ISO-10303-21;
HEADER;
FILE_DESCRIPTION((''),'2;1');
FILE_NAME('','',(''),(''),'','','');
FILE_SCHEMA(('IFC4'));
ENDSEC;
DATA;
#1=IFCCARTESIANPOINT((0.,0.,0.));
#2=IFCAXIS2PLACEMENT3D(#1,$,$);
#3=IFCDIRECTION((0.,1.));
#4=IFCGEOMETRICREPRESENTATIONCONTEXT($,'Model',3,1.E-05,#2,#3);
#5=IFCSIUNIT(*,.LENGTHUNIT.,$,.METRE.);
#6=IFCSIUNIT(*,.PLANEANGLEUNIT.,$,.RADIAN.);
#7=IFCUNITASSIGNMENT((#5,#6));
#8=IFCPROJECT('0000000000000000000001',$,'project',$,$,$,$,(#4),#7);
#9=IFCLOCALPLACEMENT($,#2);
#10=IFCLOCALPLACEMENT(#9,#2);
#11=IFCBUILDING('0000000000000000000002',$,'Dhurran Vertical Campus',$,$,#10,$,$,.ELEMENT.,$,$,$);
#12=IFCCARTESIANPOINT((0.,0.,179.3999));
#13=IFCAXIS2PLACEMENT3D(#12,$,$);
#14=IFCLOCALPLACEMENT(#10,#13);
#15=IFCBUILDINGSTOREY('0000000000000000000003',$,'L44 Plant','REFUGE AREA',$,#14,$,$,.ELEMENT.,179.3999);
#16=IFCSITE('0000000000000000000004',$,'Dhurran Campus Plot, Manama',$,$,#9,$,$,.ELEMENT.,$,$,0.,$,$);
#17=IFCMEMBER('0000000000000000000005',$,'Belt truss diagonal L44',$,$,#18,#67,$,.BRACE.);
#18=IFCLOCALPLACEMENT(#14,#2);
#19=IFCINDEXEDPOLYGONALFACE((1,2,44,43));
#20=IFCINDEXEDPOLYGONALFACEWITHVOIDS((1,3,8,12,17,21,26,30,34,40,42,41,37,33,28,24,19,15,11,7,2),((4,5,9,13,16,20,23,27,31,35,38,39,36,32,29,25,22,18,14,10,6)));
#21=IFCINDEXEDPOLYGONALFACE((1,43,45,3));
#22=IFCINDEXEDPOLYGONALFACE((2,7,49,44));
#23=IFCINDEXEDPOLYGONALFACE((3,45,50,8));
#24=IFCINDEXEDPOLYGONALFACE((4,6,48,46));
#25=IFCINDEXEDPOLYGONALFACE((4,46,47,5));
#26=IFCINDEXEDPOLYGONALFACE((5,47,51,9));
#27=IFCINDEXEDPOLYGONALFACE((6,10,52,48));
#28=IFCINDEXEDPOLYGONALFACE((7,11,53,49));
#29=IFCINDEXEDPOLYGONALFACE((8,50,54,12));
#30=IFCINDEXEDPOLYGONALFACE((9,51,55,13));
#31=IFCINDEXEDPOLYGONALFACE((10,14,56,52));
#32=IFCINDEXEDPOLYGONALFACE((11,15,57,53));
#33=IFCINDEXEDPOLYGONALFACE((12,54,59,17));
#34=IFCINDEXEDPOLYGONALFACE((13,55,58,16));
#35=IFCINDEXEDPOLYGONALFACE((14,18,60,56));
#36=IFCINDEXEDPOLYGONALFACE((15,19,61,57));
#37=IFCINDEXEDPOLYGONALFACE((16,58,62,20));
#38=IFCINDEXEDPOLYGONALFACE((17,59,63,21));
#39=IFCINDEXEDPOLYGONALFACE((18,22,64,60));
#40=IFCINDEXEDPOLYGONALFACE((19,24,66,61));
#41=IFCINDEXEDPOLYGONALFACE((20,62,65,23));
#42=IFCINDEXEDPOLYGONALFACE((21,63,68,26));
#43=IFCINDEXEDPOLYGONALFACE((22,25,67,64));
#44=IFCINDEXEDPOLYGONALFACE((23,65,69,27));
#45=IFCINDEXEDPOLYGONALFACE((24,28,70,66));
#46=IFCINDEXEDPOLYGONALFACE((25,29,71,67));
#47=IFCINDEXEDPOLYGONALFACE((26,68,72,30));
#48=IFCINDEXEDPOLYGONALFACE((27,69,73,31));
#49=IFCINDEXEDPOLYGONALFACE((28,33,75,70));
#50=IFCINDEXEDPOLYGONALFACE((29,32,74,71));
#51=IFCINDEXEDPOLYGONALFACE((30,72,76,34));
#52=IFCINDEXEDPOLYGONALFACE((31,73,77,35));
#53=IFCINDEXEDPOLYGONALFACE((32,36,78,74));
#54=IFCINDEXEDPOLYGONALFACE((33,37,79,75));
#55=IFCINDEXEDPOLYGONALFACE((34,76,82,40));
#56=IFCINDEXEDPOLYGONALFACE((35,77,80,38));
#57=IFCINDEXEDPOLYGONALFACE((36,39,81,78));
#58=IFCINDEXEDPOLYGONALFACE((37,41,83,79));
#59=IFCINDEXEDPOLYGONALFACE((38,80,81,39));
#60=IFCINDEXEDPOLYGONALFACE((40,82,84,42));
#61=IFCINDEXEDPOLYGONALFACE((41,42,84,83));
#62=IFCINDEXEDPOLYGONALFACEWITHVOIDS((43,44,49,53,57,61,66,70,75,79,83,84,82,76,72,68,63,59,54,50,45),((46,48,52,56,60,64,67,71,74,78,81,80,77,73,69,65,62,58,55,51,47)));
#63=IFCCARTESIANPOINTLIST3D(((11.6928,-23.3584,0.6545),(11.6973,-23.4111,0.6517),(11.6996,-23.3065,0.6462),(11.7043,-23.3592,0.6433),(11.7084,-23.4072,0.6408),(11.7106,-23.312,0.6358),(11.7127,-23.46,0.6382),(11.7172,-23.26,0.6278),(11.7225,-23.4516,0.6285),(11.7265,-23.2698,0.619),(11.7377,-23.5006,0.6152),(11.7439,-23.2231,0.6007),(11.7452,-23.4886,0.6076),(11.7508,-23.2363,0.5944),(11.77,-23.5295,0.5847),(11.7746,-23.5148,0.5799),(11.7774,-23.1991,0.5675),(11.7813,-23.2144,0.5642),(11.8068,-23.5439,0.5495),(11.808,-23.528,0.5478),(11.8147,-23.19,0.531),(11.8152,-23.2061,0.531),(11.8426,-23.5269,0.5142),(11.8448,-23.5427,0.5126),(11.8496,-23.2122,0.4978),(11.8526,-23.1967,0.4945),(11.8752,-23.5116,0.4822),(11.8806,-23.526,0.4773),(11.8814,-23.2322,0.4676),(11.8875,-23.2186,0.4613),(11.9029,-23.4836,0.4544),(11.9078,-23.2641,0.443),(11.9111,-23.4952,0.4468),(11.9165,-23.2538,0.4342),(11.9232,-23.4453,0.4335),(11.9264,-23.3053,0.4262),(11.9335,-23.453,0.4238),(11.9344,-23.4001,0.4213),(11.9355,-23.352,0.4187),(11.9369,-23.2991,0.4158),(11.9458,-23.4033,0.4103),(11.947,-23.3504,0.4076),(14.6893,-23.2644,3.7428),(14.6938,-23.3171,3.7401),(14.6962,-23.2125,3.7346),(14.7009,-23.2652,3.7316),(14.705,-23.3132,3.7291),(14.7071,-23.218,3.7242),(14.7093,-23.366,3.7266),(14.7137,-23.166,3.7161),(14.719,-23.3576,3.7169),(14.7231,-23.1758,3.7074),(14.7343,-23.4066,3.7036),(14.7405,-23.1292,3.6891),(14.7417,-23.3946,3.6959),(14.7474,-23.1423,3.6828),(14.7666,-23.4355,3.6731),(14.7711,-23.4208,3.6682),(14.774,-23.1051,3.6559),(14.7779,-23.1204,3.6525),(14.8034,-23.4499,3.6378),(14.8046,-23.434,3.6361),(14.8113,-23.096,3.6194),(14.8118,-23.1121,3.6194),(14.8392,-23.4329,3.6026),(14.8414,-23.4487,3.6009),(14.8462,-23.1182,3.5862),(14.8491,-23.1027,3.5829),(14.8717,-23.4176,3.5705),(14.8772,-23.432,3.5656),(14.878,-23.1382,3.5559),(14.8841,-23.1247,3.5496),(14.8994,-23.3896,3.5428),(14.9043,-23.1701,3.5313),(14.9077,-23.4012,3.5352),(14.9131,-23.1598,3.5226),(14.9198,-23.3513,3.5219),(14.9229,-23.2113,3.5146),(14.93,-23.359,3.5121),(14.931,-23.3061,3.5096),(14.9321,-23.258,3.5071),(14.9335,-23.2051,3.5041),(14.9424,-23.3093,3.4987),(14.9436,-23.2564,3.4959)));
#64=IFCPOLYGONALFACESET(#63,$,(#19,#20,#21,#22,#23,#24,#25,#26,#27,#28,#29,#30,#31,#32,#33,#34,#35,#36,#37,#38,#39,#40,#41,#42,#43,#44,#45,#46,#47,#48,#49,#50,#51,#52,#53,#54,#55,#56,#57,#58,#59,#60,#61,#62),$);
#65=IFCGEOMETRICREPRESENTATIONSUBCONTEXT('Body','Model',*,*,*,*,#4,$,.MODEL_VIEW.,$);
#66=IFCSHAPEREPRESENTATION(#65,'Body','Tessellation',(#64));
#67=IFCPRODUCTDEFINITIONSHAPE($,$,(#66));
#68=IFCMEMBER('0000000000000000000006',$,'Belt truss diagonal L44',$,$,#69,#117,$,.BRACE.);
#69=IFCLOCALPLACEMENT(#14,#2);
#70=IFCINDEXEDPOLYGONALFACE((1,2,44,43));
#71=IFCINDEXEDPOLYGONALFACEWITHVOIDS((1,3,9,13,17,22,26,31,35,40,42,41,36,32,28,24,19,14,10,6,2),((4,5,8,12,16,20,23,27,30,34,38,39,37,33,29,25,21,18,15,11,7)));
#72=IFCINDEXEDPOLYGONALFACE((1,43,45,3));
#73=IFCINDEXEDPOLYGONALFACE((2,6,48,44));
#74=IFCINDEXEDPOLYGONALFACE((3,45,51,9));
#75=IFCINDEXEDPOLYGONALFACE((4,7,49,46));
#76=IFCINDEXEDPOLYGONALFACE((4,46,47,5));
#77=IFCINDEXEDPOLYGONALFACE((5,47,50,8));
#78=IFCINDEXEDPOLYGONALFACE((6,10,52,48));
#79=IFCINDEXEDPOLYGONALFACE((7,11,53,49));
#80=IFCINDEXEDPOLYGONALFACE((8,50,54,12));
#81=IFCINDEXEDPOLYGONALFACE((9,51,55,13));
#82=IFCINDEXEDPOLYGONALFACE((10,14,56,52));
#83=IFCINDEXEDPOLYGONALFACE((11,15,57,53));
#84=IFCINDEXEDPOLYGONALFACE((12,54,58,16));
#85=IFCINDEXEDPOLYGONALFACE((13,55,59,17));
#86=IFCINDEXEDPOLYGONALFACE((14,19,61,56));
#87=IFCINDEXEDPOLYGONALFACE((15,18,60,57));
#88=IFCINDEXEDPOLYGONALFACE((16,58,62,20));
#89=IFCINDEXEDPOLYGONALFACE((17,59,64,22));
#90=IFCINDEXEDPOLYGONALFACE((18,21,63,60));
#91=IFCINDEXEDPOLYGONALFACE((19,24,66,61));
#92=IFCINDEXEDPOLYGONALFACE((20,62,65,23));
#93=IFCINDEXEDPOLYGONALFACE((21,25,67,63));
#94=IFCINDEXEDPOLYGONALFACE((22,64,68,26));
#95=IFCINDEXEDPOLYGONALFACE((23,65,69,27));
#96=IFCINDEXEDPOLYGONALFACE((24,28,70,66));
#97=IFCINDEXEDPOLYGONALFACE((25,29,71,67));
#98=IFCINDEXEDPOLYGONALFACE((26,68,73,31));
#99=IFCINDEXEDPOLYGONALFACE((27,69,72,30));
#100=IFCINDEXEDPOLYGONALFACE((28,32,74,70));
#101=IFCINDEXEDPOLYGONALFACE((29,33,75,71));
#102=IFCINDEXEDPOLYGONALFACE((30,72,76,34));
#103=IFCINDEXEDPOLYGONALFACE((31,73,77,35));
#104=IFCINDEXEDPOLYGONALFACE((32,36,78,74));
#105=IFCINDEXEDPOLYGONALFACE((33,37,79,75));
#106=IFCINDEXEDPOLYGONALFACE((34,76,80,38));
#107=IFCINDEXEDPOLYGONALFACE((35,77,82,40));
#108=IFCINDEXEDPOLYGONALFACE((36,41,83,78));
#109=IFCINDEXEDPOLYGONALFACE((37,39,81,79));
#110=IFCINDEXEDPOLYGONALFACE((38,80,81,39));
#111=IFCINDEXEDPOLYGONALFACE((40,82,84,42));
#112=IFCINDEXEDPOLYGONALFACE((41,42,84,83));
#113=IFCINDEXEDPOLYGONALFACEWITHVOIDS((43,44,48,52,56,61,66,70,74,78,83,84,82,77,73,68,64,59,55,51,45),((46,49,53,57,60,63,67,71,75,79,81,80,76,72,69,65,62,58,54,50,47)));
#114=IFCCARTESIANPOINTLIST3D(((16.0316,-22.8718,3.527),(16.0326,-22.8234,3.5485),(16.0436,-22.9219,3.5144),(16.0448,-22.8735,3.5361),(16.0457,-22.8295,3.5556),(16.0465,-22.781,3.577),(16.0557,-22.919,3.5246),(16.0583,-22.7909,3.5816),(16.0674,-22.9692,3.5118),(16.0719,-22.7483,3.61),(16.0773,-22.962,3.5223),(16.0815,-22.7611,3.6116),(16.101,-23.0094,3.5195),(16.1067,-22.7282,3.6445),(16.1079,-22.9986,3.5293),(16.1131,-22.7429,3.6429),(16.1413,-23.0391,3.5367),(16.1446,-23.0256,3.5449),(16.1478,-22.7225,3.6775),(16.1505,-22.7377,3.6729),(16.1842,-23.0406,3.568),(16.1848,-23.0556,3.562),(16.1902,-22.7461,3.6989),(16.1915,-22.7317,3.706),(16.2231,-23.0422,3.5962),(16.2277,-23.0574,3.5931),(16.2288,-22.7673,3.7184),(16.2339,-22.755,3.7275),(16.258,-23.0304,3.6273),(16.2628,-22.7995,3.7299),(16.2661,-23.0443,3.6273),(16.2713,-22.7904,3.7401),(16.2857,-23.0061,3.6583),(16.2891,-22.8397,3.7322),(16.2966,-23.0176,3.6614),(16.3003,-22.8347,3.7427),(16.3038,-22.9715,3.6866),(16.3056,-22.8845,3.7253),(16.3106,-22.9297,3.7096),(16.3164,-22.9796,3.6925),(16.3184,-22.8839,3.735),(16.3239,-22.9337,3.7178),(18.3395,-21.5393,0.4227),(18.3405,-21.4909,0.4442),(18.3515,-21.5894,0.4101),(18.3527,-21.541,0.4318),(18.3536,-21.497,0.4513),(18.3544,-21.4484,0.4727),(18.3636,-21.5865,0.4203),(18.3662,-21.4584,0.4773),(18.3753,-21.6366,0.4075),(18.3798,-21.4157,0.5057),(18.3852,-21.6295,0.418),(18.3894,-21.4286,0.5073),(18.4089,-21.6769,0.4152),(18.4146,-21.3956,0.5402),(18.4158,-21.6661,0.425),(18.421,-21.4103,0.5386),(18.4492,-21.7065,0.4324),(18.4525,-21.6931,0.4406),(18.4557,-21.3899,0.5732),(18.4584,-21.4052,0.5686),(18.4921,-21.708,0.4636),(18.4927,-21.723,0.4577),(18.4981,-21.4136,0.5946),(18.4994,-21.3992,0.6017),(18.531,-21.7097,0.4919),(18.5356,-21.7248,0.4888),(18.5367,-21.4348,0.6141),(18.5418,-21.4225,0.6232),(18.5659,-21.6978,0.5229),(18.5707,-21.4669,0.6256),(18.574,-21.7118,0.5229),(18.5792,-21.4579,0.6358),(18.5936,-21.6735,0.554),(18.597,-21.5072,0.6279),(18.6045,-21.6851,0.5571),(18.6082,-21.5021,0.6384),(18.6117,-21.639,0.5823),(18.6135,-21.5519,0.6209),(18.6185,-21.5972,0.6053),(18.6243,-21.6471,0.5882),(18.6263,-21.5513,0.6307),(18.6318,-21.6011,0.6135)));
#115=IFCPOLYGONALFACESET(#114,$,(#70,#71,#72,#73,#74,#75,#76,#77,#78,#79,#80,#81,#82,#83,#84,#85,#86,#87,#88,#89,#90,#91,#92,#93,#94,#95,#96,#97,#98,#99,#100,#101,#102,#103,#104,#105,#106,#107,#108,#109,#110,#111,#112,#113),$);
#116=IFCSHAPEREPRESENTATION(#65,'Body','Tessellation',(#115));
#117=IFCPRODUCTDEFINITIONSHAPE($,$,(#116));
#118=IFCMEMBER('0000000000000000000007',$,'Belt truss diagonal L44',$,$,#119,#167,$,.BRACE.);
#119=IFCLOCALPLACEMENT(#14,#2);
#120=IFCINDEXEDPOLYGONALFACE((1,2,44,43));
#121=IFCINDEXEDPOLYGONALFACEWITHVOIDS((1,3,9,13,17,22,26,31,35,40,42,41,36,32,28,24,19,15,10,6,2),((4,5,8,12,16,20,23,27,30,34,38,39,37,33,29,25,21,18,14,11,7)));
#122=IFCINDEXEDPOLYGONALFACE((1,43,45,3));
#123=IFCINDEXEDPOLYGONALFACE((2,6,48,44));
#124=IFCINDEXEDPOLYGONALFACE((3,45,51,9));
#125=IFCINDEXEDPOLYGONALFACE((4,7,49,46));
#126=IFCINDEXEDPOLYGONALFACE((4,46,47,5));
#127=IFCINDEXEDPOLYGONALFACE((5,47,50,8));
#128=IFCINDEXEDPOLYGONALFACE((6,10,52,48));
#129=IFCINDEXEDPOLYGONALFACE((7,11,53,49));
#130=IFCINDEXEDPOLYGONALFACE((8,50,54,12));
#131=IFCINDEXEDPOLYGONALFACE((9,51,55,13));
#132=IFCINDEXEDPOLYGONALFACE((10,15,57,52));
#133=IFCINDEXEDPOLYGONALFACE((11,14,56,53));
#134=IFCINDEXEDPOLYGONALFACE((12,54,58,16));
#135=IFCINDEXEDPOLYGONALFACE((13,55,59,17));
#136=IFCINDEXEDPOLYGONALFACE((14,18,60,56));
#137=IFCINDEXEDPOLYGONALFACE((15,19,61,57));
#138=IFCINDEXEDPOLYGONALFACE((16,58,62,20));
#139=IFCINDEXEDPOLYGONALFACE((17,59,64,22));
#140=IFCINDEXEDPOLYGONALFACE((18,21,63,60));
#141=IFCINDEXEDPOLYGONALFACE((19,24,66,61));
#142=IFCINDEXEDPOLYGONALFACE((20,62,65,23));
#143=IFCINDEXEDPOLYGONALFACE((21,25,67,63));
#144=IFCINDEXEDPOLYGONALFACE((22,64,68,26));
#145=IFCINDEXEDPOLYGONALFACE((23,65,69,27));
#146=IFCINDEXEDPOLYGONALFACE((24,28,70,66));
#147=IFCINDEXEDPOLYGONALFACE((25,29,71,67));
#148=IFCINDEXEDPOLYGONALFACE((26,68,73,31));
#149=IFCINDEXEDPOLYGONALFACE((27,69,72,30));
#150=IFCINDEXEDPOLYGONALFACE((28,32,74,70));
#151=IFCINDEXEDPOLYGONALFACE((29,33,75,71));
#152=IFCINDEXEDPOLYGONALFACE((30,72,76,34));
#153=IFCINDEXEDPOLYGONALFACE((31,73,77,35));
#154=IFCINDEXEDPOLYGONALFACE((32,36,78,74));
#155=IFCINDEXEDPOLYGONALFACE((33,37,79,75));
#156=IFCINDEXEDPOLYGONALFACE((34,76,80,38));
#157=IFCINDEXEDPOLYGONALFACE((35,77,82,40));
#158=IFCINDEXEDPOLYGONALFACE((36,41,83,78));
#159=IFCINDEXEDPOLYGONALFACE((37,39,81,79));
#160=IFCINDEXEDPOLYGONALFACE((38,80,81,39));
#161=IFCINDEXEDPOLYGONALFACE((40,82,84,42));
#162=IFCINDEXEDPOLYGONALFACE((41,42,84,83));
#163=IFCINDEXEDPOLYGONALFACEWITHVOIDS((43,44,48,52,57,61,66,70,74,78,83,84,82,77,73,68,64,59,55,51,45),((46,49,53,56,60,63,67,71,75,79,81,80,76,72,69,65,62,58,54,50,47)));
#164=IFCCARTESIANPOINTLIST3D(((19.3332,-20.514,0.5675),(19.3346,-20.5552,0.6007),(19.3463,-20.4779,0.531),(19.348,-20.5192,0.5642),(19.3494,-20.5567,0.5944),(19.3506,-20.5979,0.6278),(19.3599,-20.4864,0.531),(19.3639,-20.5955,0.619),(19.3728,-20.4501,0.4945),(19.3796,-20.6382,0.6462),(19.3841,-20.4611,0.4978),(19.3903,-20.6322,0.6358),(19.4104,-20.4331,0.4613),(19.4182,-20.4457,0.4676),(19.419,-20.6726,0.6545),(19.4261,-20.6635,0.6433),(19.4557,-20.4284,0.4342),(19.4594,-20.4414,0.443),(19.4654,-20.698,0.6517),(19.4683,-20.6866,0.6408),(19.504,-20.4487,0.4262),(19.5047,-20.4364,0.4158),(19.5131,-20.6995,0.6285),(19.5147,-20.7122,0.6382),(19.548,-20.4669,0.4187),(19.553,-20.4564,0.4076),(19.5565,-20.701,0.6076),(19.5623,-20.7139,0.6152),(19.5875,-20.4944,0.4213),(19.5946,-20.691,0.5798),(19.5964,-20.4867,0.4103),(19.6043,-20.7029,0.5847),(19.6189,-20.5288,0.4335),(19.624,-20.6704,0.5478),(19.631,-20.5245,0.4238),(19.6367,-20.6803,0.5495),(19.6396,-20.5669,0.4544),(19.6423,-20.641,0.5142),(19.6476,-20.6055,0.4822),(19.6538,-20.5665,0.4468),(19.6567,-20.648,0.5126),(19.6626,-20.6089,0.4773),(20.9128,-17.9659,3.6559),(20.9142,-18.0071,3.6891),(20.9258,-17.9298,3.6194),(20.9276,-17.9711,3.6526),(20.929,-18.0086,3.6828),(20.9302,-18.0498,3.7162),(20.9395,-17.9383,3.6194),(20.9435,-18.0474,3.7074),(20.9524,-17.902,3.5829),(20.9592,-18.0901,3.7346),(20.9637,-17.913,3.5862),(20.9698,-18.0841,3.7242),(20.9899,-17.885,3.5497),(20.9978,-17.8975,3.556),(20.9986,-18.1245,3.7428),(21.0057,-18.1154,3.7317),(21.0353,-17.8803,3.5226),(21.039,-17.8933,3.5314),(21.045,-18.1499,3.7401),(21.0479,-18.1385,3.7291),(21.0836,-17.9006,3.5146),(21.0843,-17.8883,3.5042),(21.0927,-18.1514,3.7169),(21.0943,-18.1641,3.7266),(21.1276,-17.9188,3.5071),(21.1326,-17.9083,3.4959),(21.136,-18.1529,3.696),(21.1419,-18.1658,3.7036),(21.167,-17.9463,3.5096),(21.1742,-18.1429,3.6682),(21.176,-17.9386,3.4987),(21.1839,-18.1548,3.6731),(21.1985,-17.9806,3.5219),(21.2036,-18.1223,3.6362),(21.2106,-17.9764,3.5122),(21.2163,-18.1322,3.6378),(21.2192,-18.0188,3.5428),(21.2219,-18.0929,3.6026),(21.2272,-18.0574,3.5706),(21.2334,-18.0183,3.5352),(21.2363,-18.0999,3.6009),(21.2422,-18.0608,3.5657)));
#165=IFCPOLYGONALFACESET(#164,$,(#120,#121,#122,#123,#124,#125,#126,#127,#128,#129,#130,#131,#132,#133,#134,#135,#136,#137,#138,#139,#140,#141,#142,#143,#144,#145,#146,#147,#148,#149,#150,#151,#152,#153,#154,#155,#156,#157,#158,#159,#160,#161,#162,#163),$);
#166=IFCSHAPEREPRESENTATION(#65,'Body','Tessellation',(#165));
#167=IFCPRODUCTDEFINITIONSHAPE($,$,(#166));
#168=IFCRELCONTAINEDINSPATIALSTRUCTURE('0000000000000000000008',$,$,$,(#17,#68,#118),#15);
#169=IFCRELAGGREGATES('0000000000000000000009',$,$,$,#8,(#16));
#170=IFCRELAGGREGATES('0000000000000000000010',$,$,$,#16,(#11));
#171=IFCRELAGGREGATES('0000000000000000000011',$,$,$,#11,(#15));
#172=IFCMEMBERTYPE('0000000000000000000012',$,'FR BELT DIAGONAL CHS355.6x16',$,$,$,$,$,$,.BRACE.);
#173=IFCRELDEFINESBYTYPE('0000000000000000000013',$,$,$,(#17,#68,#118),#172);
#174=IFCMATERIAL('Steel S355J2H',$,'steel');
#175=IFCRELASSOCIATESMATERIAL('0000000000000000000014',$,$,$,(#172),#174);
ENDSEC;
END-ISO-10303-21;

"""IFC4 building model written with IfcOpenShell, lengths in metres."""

from ifc_helpers import new_model, si_unit, direction, frame, origin, origin_2d, place, context, subcontext, project, spatial, hollow_circle, extrude, material, material_profile, profile_set, type_object, element, save


model = new_model("IFC4")

# Units and contexts
model_context = context("Model", 3, precision=1e-05, world=origin(), true_north=direction((0.0, 1.0)))
body_context = subcontext(model_context, "Body", "Model", "MODEL_VIEW")
ifc_project = project(units=[si_unit("LENGTHUNIT", "METRE"), si_unit("PLANEANGLEUNIT", "RADIAN")], contexts=[model_context])

# Site, building, storey
site_placement = place(None, origin())
site = spatial("IfcSite", under=ifc_project, at=site_placement, Name="Dhurran Campus Plot, Manama", CompositionType="ELEMENT", RefElevation=0.0)
building_placement = place(site_placement, origin())
building = spatial("IfcBuilding", under=site, at=building_placement, Name="Dhurran Vertical Campus", CompositionType="ELEMENT")
storey_placement = place(building_placement, frame((0.0, 0.0, 179.3999)))
storey = spatial("IfcBuildingStorey", under=building, at=storey_placement, Name="L44 Plant", Description="REFUGE AREA", CompositionType="ELEMENT", Elevation=179.3999)

# Members
ifc_material_1 = material(Name="Steel S355J2H", Category="steel")
ifc_material_profile_1 = material_profile(ifc_material_1, hollow_circle(Radius=0.1777, WallThickness=0.0161, at=origin_2d()), Name="CHS355.6x16")
ifc_profile_set_1 = profile_set([ifc_material_profile_1], Name="Steel S355J2H")
member_type = type_object("IfcMemberType", Name="FR BELT DIAGONAL CHS355.6x16", PredefinedType="BRACE", material=ifc_profile_set_1)
member_1_placement = place(storey_placement, frame((11.8203, -23.3677, 0.531), z_axis=(0.696194, 0.021838, 0.717521), x_axis=(-0.031352, 0.999508, 0.0)))
element("IfcMember", 1, at=member_1_placement, inside=storey, type_object=member_type, Name="Belt truss diagonal L44", PredefinedType="BRACE", context=body_context, shape_type="SweptSolid", body=[
    extrude(hollow_circle(Radius=0.1777, WallThickness=0.0161, at=origin_2d()), origin(), (0.0, 0.0, 1.0), 4.3042),
])
member_2_placement = place(storey_placement, frame((18.4851, -21.5579, 0.5229), z_axis=(-0.564099, -0.325701, 0.758756), x_axis=(0.500021, -0.866013, 0.0)))
element("IfcMember", 2, at=member_2_placement, inside=storey, type_object=member_type, Name="Belt truss diagonal L44", PredefinedType="BRACE", context=body_context, shape_type="SweptSolid", body=[
    extrude(hollow_circle(Radius=0.1777, WallThickness=0.0161, at=origin_2d()), origin(), (0.0, 0.0, 1.0), 4.0913),
])
member_3_placement = place(storey_placement, frame((19.4973, -20.5715, 0.531), z_axis=(0.36699, 0.592005, 0.71753), x_axis=(-0.849937, 0.526884, 0.0)))
element("IfcMember", 3, at=member_3_placement, inside=storey, type_object=member_type, Name="Belt truss diagonal L44", PredefinedType="BRACE", context=body_context, shape_type="SweptSolid", body=[
    extrude(hollow_circle(Radius=0.1777, WallThickness=0.0161, at=origin_2d()), origin(), (0.0, 0.0, 1.0), 4.3042),
])

save(model, "model.ifc")
